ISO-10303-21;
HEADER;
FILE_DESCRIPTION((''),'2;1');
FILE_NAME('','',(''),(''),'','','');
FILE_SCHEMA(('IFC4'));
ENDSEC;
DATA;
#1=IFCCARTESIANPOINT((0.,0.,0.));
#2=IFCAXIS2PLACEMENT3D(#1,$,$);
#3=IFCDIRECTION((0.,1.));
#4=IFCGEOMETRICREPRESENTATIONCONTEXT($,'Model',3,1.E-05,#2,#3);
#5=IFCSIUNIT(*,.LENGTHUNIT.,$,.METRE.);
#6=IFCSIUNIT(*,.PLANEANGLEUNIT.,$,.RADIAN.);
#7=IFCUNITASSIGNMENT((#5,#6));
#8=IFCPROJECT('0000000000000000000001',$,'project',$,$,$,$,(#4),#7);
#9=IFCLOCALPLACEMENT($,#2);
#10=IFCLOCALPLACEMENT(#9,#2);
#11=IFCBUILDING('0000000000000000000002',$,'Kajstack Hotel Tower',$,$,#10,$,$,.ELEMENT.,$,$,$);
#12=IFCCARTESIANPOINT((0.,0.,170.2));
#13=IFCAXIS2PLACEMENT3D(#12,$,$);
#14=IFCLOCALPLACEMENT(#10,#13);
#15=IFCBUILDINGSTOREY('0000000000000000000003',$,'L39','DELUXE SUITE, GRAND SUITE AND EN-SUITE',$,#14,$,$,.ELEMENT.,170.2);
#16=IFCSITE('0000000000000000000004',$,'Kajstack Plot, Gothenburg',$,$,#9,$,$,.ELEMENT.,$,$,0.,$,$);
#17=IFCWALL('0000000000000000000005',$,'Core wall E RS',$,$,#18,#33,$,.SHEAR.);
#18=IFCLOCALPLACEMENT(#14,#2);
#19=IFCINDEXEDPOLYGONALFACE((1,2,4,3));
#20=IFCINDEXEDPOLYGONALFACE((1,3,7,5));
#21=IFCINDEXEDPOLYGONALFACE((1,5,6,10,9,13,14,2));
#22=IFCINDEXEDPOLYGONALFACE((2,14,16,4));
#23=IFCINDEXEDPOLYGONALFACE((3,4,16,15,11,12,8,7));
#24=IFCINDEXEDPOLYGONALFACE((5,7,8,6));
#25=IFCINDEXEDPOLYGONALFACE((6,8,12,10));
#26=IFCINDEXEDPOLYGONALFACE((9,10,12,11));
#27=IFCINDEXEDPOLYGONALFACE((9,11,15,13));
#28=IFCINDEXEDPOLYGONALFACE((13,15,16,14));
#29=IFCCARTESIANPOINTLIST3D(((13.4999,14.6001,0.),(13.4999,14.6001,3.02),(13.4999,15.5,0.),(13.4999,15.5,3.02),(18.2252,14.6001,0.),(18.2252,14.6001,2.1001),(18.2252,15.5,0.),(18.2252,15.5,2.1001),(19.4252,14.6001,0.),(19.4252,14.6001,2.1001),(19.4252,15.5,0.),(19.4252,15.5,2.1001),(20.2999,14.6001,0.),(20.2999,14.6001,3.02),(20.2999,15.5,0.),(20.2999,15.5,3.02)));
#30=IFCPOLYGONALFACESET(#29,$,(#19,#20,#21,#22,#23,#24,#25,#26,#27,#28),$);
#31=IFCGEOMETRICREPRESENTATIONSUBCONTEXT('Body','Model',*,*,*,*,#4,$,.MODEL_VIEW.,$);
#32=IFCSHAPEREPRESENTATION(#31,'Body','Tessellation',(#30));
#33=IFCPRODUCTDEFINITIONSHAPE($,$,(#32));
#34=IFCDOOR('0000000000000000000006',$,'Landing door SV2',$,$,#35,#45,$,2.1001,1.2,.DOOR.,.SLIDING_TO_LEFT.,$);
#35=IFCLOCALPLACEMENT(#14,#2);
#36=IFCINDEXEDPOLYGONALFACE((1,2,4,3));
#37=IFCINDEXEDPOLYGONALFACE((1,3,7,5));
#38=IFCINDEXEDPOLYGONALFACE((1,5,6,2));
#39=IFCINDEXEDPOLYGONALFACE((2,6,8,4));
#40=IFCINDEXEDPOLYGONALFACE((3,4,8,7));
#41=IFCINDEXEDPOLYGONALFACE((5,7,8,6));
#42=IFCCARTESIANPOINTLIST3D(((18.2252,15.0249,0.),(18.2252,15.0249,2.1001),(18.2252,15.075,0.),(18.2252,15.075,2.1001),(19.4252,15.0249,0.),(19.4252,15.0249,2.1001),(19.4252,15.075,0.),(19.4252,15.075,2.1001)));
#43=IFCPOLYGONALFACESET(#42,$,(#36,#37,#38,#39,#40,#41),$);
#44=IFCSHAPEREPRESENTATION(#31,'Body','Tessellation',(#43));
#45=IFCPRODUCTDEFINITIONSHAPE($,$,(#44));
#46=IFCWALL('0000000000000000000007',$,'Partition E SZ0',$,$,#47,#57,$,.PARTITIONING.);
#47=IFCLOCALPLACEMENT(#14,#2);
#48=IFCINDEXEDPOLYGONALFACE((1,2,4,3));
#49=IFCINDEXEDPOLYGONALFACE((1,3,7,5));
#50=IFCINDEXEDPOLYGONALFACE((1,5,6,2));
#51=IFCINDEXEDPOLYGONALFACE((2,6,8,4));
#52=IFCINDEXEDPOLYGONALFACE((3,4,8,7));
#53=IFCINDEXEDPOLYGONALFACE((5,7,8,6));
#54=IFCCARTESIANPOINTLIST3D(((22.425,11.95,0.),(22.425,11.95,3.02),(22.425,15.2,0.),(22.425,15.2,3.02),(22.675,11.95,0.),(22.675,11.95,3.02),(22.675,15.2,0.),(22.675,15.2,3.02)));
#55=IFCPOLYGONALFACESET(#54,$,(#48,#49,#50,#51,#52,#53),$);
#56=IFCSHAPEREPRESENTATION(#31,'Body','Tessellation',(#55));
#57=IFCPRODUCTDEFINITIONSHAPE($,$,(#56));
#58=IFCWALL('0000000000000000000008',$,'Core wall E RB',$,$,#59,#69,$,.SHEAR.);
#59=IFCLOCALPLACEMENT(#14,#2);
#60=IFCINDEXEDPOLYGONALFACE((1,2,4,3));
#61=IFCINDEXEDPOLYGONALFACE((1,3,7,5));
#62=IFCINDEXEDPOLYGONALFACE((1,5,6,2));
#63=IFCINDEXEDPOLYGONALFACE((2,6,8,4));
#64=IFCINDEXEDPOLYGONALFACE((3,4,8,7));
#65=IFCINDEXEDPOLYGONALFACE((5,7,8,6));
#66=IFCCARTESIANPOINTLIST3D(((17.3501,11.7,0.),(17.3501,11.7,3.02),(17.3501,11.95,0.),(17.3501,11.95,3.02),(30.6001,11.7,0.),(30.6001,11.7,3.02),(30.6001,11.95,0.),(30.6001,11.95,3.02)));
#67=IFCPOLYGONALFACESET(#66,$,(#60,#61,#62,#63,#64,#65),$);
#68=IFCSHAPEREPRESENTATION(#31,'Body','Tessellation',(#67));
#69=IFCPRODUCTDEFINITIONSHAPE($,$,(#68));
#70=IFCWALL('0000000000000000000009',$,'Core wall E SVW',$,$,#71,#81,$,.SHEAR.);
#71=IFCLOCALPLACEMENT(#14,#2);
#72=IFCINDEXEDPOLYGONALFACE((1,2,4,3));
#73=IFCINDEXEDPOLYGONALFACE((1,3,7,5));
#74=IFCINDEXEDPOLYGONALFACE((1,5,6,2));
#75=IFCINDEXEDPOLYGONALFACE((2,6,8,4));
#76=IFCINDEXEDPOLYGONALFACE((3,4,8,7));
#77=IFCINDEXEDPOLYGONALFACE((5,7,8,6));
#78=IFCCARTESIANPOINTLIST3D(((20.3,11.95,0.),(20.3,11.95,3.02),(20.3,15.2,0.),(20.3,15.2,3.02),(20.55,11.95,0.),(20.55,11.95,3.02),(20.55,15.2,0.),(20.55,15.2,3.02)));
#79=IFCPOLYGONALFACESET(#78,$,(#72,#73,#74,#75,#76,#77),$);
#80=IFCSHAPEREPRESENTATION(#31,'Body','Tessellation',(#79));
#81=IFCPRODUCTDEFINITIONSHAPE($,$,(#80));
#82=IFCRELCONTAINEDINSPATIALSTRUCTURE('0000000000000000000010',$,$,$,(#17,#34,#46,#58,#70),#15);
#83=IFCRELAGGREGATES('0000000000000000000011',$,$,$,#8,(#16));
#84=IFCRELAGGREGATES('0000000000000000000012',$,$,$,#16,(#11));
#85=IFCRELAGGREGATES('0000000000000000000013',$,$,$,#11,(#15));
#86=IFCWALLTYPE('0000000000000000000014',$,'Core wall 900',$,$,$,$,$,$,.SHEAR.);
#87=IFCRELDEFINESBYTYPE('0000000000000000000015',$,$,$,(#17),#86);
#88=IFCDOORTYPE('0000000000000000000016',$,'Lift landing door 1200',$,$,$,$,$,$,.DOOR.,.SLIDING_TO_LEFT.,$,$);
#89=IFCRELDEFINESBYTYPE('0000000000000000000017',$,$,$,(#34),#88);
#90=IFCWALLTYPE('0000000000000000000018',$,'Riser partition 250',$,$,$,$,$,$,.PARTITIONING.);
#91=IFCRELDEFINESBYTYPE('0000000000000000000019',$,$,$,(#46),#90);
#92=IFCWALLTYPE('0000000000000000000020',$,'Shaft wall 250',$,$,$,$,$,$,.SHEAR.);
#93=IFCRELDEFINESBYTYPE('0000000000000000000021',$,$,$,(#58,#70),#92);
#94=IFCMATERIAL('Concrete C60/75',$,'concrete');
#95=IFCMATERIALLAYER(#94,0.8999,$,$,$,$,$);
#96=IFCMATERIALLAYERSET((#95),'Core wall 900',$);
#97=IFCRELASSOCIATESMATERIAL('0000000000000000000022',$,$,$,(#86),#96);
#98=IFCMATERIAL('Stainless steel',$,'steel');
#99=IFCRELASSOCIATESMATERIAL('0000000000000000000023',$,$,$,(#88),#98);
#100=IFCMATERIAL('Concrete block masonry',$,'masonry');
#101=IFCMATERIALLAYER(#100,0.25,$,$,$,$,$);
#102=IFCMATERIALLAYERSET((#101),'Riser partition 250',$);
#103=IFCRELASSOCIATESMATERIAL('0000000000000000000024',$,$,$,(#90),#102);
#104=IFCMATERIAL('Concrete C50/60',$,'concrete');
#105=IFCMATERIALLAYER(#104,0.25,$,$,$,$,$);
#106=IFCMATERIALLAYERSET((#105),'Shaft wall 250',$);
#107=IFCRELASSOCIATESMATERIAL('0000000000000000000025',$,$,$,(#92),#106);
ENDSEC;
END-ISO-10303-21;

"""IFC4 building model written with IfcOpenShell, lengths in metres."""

from ifc_helpers import new_model, si_unit, direction, frame, frame_2d, origin, place, context, subcontext, project, spatial, rectangle, extrude, material, layer, layer_set, type_object, element, fill, save


model = new_model("IFC4")

# Units and contexts
model_context = context("Model", 3, precision=1e-05, world=origin(), true_north=direction((0.0, 1.0)))
body_context = subcontext(model_context, "Body", "Model", "MODEL_VIEW")
ifc_project = project(units=[si_unit("LENGTHUNIT", "METRE"), si_unit("PLANEANGLEUNIT", "RADIAN")], contexts=[model_context])

# Site, building, storey
site_placement = place(None, origin())
site = spatial("IfcSite", under=ifc_project, at=site_placement, Name="Kajstack Plot, Gothenburg", CompositionType="ELEMENT", RefElevation=0.0)
building_placement = place(site_placement, origin())
building = spatial("IfcBuilding", under=site, at=building_placement, Name="Kajstack Hotel Tower", CompositionType="ELEMENT")
storey_placement = place(building_placement, frame((0.0, 0.0, 170.2)))
storey = spatial("IfcBuildingStorey", under=building, at=storey_placement, Name="L39", Description="DELUXE SUITE, GRAND SUITE AND EN-SUITE", CompositionType="ELEMENT", Elevation=170.2)

# Wall, opening, door
ifc_material_1 = material(Name="Concrete C60/75", Category="concrete")
ifc_layer_1 = layer(ifc_material_1, 0.8999)
ifc_layer_set_1 = layer_set([ifc_layer_1], Name="Core wall 900")
wall_type_1 = type_object("IfcWallType", Name="Core wall 900", PredefinedType="SHEAR", material=ifc_layer_set_1)
wall_1_placement = place(storey_placement, frame((13.5, 15.05, 0.0), z_axis=(0.0, 0.0, 1.0), x_axis=(1.0, 0.0, 0.0)))
wall_1 = element("IfcWall", 1, at=wall_1_placement, inside=storey, type_object=wall_type_1, Name="Core wall E RS", PredefinedType="SHEAR", context=body_context, shape_type="SweptSolid", body=[
    extrude(rectangle(XDim=6.8, YDim=0.8999, at=frame_2d((3.3999, 0.0))), origin(), (0.0, 0.0, 1.0), 3.02),
])
opening_placement = place(wall_1_placement, frame((4.7251, 0.0, 0.0)))
opening = element("IfcOpeningElement", 2, at=opening_placement, cuts=wall_1, PredefinedType="OPENING", context=body_context, shape_type="SweptSolid", body=[
    extrude(rectangle(XDim=1.2, YDim=2.1001, at=frame_2d((0.6001, 1.05))), frame((0.0, 0.46, 0.0), z_axis=(0.0, -1.0, 0.0), x_axis=(1.0, 0.0, 0.0)), (0.0, 0.0, 1.0), 0.9199),
])
ifc_material_2 = material(Name="Stainless steel", Category="steel")
door_type = type_object("IfcDoorType", Name="Lift landing door 1200", OperationType="SLIDING_TO_LEFT", PredefinedType="DOOR", material=ifc_material_2)
door_placement = place(opening_placement, origin())
door = element("IfcDoor", 3, at=door_placement, inside=storey, type_object=door_type, Name="Landing door SV2", OperationType="SLIDING_TO_LEFT", OverallHeight=2.1001, OverallWidth=1.2, PredefinedType="DOOR", context=body_context, shape_type="SweptSolid", body=[
    extrude(rectangle(XDim=1.2, YDim=2.1001, at=frame_2d((0.6001, 1.05))), frame((0.0, 0.0249, 0.0), z_axis=(0.0, -1.0, 0.0), x_axis=(1.0, 0.0, 0.0)), (0.0, 0.0, 1.0), 0.05),
])
fill(opening, door)

# Walls
ifc_material_3 = material(Name="Concrete block masonry", Category="masonry")
ifc_layer_2 = layer(ifc_material_3, 0.25)
ifc_layer_set_2 = layer_set([ifc_layer_2], Name="Riser partition 250")
wall_type_2 = type_object("IfcWallType", Name="Riser partition 250", PredefinedType="PARTITIONING", material=ifc_layer_set_2)
wall_2_placement = place(storey_placement, frame((22.55, 11.95, 0.0), z_axis=(0.0, 0.0, 1.0), x_axis=(0.0, 1.0, 0.0)))
element("IfcWall", 4, at=wall_2_placement, inside=storey, type_object=wall_type_2, Name="Partition E SZ0", PredefinedType="PARTITIONING", context=body_context, shape_type="SweptSolid", body=[
    extrude(rectangle(XDim=3.25, YDim=0.25, at=frame_2d((1.625, 0.0))), origin(), (0.0, 0.0, 1.0), 3.02),
])
ifc_material_4 = material(Name="Concrete C50/60", Category="concrete")
ifc_layer_3 = layer(ifc_material_4, 0.25)
ifc_layer_set_3 = layer_set([ifc_layer_3], Name="Shaft wall 250")
wall_type_3 = type_object("IfcWallType", Name="Shaft wall 250", PredefinedType="SHEAR", material=ifc_layer_set_3)
wall_3_placement = place(storey_placement, frame((17.3501, 11.825, 0.0), z_axis=(0.0, 0.0, 1.0), x_axis=(1.0, 0.0, 0.0)))
element("IfcWall", 5, at=wall_3_placement, inside=storey, type_object=wall_type_3, Name="Core wall E RB", PredefinedType="SHEAR", context=body_context, shape_type="SweptSolid", body=[
    extrude(rectangle(XDim=13.25, YDim=0.25, at=frame_2d((6.625, 0.0))), origin(), (0.0, 0.0, 1.0), 3.02),
])
wall_4_placement = place(storey_placement, frame((20.425, 11.95, 0.0), z_axis=(0.0, 0.0, 1.0), x_axis=(0.0, 1.0, 0.0)))
element("IfcWall", 6, at=wall_4_placement, inside=storey, type_object=wall_type_3, Name="Core wall E SVW", PredefinedType="SHEAR", context=body_context, shape_type="SweptSolid", body=[
    extrude(rectangle(XDim=3.25, YDim=0.25, at=frame_2d((1.625, 0.0))), origin(), (0.0, 0.0, 1.0), 3.02),
])

save(model, "model.ifc")
